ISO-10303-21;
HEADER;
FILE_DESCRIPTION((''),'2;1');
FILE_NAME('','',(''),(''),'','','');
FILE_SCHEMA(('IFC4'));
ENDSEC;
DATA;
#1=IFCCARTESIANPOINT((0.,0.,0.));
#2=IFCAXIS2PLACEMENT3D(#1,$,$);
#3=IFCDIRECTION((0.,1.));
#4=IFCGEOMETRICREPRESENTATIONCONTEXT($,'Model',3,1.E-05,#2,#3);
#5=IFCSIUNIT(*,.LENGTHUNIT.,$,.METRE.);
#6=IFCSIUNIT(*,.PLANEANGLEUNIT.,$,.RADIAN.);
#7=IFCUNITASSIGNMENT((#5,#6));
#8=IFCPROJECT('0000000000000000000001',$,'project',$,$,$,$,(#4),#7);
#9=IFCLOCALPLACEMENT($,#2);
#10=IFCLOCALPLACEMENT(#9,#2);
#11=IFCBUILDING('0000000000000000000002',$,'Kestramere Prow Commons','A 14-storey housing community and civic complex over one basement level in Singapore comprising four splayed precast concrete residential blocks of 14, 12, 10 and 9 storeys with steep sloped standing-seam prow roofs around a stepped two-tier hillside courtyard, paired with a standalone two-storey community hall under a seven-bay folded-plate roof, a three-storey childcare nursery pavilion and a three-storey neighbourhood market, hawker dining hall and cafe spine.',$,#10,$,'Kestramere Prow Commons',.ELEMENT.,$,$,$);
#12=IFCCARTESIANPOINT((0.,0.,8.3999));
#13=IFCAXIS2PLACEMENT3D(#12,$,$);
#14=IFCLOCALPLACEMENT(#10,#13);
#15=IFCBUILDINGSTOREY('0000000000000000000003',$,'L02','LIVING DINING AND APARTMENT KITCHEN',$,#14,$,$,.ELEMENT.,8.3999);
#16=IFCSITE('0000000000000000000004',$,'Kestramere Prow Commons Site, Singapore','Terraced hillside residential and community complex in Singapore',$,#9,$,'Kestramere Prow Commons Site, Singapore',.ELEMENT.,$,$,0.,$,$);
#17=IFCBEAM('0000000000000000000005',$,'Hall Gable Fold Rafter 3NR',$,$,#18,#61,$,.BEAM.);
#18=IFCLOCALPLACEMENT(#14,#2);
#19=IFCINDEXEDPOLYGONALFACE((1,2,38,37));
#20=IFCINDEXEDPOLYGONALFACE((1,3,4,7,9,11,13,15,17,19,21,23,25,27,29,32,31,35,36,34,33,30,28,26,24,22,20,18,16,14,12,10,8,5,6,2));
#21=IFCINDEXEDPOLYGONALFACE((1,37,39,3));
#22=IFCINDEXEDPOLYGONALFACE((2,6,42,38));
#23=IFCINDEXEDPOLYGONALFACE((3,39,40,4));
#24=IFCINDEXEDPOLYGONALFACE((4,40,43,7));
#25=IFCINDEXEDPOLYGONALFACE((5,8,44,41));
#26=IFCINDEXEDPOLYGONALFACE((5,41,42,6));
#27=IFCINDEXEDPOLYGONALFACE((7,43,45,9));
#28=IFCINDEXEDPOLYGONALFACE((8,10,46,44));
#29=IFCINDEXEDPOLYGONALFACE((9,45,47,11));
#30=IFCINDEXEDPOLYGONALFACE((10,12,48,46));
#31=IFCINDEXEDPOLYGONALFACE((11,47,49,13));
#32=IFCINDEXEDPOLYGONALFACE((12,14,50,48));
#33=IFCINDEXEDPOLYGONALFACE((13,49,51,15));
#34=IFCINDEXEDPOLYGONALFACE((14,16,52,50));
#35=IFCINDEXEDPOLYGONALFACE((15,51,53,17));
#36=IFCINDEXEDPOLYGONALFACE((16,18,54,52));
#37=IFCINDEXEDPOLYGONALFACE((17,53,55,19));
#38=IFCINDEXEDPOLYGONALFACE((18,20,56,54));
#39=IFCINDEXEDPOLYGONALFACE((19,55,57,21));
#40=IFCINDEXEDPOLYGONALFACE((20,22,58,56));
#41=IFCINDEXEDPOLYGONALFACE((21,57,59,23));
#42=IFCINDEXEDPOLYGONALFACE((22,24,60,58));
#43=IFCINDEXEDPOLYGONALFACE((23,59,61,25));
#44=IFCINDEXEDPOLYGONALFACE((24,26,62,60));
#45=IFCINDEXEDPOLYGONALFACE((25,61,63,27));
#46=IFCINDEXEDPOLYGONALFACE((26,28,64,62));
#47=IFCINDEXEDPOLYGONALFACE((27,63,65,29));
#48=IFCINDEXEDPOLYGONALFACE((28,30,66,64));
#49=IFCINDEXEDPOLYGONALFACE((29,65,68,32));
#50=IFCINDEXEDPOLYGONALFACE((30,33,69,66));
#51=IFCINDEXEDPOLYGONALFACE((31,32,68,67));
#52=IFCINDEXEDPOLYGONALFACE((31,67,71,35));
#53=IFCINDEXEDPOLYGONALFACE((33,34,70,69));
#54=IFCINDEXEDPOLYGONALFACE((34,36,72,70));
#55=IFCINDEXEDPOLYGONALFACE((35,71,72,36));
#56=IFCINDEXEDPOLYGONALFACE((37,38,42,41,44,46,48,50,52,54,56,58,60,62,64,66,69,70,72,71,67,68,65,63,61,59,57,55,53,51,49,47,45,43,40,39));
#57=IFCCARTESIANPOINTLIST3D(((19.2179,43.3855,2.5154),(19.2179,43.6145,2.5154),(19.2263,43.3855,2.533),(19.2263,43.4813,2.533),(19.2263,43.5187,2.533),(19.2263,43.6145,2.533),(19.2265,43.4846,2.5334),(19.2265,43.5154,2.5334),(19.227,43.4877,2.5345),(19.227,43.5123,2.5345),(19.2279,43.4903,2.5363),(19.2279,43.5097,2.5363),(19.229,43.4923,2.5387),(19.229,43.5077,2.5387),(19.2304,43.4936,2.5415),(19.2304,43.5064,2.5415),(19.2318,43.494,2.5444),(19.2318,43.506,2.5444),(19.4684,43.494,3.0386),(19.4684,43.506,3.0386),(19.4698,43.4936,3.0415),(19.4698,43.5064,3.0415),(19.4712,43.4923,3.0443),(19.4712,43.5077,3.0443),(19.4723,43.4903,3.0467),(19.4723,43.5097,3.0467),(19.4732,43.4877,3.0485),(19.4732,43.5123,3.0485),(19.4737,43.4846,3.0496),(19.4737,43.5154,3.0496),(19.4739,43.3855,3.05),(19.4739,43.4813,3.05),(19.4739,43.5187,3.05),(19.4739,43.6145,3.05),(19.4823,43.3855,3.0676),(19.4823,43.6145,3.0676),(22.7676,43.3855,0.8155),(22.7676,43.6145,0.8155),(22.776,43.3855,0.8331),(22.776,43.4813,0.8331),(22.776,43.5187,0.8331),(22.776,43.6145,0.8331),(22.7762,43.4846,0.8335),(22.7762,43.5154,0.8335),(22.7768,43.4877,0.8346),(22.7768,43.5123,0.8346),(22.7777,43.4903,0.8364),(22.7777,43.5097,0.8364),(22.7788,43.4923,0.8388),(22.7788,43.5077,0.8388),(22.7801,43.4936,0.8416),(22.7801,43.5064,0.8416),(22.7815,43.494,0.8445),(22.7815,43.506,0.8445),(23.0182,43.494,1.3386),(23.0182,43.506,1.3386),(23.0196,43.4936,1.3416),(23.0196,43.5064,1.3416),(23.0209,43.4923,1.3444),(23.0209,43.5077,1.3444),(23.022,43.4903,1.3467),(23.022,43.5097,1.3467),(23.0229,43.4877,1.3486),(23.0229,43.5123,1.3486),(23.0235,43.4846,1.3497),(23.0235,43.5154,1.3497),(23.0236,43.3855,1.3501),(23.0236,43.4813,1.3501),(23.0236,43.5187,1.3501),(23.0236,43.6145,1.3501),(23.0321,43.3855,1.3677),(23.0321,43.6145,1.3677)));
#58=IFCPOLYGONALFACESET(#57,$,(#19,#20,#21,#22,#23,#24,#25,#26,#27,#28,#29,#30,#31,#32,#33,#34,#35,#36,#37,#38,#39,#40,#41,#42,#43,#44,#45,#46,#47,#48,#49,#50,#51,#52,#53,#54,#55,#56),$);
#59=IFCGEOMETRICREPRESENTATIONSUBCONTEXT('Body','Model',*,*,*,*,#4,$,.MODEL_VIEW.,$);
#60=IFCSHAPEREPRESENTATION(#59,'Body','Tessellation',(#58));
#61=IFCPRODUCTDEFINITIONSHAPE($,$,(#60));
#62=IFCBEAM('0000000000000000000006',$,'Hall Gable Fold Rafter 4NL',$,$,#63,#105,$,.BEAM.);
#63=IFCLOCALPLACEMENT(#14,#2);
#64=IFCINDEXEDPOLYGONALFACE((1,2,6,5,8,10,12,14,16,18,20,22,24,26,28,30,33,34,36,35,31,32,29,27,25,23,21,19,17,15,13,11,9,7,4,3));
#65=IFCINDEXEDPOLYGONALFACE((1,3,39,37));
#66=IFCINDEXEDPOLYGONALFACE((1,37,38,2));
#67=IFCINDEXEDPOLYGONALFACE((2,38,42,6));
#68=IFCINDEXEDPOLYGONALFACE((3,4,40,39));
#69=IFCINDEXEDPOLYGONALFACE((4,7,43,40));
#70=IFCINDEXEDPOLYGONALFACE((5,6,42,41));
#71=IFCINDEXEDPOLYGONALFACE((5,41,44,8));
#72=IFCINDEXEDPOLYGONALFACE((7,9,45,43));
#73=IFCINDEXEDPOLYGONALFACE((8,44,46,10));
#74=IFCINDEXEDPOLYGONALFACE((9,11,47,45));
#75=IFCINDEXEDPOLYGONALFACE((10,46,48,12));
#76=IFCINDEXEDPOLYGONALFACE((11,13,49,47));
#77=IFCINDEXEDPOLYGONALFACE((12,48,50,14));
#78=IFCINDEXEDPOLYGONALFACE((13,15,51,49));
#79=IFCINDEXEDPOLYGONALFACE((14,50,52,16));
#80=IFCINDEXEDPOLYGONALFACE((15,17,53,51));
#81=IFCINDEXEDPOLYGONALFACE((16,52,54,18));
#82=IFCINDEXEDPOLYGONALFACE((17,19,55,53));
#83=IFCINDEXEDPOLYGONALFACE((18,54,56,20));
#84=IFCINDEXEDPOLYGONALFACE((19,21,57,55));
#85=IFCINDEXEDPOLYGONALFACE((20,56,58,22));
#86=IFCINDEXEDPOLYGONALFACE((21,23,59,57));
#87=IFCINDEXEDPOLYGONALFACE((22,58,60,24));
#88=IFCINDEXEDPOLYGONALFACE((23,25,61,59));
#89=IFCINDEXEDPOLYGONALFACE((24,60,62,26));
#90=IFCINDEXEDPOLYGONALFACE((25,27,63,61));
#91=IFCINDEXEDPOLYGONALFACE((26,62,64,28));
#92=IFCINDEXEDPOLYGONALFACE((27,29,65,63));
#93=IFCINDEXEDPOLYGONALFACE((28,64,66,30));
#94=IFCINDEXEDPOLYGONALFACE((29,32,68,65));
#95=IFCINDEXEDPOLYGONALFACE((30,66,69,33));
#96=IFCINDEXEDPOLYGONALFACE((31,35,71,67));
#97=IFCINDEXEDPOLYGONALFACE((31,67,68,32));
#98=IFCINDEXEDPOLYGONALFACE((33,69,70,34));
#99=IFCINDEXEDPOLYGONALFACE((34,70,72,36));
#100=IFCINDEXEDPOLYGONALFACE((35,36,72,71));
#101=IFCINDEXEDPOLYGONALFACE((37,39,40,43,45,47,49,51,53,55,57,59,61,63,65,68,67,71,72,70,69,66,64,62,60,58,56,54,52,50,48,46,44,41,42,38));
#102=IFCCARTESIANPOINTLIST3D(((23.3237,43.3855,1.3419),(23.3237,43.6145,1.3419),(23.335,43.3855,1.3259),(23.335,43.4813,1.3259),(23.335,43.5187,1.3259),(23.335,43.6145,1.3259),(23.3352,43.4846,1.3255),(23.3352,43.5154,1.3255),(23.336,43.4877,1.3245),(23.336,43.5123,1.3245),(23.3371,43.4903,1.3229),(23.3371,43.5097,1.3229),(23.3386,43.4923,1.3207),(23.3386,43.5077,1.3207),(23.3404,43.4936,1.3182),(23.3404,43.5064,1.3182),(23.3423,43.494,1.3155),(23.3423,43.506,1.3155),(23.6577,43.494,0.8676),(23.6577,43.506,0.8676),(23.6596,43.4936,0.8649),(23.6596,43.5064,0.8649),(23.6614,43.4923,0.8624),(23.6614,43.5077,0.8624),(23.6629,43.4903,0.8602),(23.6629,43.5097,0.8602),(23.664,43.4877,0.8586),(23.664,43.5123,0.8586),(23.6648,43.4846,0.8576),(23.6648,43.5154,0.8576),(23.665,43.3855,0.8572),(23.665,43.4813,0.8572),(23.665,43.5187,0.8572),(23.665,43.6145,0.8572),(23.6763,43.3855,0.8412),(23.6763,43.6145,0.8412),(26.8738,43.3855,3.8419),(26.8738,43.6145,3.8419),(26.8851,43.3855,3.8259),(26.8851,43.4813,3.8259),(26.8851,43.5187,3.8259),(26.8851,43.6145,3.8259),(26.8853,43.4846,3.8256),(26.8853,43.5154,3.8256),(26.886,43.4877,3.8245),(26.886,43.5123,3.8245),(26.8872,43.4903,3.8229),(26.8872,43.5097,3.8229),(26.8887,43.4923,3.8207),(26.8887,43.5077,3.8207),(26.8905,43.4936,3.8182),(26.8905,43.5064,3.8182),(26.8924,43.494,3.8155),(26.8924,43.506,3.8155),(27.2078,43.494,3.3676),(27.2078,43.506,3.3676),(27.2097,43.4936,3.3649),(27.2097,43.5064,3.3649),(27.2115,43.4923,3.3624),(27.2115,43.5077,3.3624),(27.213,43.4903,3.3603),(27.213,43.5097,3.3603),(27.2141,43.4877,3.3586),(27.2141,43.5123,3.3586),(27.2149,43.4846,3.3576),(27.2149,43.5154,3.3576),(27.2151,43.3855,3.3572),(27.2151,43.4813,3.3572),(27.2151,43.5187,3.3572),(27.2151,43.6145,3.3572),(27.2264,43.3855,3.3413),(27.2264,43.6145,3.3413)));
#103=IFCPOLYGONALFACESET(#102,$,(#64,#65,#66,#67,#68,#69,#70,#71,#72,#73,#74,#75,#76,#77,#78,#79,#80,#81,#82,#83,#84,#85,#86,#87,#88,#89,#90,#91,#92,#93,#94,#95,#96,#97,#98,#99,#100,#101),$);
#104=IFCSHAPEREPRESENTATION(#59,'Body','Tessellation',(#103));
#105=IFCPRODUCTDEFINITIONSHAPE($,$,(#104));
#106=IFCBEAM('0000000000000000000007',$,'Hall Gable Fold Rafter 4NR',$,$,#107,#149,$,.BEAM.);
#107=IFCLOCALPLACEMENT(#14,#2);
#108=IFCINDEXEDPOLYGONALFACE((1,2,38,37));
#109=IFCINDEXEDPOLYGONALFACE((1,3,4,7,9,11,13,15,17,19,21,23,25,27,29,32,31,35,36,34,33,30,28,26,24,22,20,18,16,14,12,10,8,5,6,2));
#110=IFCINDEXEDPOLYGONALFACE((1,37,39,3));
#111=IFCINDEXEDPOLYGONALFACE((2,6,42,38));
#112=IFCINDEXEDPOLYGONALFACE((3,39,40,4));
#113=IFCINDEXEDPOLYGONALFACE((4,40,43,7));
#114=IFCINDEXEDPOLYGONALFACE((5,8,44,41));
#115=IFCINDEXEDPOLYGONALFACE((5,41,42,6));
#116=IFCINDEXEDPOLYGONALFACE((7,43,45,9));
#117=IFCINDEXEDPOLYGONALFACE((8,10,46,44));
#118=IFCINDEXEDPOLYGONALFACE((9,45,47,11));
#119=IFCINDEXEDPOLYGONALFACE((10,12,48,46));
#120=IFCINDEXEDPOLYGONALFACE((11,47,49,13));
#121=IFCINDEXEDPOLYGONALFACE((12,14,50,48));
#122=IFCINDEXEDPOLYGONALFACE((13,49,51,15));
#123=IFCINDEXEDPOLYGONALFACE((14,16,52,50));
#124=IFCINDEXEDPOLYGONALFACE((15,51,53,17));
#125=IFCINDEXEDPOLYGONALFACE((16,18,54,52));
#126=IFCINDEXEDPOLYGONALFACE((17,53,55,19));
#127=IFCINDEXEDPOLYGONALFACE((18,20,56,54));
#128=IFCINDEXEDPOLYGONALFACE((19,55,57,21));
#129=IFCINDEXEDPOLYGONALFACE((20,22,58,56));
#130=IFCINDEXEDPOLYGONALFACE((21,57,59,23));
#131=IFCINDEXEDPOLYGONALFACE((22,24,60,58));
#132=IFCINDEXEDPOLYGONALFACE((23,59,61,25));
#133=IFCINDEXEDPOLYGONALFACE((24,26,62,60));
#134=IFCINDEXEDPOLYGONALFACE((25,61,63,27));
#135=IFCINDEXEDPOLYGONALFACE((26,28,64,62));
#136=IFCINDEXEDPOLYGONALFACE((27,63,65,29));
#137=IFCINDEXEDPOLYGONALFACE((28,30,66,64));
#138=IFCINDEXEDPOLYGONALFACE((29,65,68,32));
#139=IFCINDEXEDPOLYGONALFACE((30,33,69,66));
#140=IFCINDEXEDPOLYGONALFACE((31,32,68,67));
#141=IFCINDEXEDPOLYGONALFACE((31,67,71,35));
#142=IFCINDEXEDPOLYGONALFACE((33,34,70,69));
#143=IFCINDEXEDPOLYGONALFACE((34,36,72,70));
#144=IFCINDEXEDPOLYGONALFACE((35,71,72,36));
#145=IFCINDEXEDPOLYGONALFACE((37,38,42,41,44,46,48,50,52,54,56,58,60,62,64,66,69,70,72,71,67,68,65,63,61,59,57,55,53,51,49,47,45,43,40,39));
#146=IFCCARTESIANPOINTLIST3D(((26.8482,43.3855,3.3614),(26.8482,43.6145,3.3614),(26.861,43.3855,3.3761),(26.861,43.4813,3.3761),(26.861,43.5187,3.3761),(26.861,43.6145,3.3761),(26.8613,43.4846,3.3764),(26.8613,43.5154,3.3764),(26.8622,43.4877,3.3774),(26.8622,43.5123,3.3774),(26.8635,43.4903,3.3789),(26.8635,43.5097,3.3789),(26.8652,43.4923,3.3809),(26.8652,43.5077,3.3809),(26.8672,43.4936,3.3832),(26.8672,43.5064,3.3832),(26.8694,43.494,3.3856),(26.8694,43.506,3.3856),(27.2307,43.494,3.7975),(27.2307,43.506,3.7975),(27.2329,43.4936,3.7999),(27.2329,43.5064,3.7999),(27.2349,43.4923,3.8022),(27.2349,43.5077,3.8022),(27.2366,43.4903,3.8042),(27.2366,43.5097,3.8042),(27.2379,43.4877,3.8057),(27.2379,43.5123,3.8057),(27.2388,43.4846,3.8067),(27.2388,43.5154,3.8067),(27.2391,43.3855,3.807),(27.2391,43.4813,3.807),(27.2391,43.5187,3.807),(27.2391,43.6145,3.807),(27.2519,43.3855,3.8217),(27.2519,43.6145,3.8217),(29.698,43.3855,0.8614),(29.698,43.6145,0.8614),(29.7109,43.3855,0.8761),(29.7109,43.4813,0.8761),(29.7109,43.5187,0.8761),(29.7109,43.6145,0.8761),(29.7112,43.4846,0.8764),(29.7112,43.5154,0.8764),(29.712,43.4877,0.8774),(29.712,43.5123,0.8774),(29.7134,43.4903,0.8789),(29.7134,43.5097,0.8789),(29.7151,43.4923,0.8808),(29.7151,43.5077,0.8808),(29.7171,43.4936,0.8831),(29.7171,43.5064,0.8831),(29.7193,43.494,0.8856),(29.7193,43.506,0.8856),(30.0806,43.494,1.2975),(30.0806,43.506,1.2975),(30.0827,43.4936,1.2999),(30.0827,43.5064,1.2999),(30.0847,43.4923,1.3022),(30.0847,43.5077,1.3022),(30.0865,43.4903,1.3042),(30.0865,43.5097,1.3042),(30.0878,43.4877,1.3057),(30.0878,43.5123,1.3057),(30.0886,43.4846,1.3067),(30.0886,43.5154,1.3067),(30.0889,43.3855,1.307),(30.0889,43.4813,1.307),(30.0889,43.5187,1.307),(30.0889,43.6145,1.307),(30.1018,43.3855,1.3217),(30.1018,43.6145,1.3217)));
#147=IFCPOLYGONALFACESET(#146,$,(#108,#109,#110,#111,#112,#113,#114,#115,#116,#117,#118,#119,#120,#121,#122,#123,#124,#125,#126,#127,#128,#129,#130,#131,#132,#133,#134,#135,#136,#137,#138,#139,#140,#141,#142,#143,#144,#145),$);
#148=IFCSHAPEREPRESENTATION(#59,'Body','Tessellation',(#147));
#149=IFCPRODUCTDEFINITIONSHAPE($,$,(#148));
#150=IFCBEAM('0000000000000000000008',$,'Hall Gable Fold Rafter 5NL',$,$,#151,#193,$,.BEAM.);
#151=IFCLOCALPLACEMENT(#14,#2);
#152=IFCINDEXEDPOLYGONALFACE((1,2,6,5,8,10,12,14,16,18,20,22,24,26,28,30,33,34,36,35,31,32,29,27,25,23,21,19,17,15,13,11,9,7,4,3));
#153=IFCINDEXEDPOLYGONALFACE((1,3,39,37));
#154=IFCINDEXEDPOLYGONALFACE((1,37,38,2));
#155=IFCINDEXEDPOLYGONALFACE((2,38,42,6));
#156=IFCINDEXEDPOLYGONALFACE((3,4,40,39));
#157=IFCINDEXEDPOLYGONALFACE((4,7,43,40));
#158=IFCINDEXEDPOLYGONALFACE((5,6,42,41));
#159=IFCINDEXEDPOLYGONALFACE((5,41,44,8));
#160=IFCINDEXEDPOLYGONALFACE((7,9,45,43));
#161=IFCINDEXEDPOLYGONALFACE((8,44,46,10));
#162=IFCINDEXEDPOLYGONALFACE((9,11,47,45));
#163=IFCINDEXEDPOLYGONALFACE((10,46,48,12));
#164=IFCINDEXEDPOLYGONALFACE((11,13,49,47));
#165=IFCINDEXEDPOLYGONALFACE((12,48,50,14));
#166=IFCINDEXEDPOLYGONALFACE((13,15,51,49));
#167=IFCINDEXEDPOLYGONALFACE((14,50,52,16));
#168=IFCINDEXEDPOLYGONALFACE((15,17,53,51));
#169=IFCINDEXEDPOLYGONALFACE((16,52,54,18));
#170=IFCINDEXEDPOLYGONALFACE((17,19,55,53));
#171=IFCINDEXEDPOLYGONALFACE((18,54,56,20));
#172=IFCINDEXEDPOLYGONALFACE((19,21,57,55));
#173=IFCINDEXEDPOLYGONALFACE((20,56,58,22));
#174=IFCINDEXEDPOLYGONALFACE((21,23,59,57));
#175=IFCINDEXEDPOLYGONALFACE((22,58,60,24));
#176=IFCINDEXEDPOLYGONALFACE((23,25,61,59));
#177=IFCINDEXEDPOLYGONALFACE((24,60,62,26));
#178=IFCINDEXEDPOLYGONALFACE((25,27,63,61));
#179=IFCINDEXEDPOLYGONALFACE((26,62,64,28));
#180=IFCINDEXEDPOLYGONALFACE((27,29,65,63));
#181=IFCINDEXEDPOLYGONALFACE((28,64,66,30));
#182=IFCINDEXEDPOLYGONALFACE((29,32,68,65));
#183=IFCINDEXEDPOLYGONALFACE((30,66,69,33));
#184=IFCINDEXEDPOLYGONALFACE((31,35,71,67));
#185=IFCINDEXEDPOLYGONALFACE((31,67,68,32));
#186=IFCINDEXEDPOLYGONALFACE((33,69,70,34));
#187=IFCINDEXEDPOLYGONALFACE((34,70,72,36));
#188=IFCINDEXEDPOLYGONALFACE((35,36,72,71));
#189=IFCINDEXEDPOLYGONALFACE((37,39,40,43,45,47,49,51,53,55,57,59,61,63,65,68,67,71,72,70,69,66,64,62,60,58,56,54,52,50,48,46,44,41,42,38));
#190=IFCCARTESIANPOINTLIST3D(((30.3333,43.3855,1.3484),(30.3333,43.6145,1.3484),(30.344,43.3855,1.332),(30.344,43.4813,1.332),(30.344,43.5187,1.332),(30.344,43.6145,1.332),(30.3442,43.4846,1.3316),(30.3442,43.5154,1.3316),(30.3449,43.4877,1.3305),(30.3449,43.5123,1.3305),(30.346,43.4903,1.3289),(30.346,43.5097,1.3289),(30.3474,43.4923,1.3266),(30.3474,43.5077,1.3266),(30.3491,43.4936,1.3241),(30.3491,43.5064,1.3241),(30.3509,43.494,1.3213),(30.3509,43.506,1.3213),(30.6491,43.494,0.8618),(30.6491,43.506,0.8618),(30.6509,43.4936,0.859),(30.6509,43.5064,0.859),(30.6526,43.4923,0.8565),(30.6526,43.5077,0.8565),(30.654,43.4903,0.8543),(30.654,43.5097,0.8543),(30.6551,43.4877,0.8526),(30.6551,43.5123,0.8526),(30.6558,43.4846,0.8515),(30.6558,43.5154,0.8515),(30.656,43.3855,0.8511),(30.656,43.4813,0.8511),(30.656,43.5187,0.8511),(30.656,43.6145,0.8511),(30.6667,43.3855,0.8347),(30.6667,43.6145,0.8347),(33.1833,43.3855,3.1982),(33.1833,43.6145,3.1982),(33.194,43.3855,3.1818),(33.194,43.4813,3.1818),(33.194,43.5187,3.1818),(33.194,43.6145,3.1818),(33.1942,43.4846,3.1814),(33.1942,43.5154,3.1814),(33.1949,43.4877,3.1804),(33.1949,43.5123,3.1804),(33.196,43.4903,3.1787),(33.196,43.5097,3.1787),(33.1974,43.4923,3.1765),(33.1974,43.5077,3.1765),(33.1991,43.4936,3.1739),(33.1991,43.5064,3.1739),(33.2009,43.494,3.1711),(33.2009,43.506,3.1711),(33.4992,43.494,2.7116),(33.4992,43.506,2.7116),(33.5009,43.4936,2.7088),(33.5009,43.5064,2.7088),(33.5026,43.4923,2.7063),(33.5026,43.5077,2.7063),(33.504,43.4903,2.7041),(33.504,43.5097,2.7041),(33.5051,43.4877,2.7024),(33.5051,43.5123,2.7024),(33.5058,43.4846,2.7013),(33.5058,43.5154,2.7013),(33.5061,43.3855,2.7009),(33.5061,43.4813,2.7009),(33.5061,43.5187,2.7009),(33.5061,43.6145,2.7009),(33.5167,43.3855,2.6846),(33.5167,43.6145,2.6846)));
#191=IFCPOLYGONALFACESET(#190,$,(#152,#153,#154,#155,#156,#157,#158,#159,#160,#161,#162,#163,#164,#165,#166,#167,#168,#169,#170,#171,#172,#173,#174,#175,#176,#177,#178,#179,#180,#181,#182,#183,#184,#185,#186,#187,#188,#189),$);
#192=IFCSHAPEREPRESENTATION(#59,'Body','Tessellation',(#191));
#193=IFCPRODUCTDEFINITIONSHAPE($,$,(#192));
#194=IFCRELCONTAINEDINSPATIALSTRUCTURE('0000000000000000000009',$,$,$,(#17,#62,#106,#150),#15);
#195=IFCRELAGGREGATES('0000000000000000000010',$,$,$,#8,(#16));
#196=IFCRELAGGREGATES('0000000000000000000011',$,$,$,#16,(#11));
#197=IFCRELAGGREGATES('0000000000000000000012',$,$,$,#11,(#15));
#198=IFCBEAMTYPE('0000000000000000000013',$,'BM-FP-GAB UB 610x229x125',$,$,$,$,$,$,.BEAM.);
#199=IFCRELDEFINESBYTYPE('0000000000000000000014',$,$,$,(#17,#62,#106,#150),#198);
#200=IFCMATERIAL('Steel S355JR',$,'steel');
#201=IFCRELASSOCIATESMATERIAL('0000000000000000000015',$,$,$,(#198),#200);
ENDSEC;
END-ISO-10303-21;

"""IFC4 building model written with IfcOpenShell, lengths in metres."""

from ifc_helpers import new_model, si_unit, direction, frame, origin, origin_2d, place, context, subcontext, project, spatial, i_section, extrude, material, material_profile, profile_set, type_object, element, save


model = new_model("IFC4")

# Units and contexts
model_context = context("Model", 3, precision=1e-05, world=origin(), true_north=direction((0.0, 1.0)))
body_context = subcontext(model_context, "Body", "Model", "MODEL_VIEW")
ifc_project = project(units=[si_unit("LENGTHUNIT", "METRE"), si_unit("PLANEANGLEUNIT", "RADIAN")], contexts=[model_context])

# Site, building, storey
site_placement = place(None, origin())
site = spatial("IfcSite", under=ifc_project, at=site_placement, Name="Kestramere Prow Commons Site, Singapore", Description="Terraced hillside residential and community complex in Singapore", LongName="Kestramere Prow Commons Site, Singapore", CompositionType="ELEMENT", RefElevation=0.0)
building_placement = place(site_placement, origin())
building = spatial("IfcBuilding", under=site, at=building_placement, Name="Kestramere Prow Commons", Description="A 14-storey housing community and civic complex over one basement level in Singapore comprising four splayed precast concrete residential blocks of 14, 12, 10 and 9 storeys with steep sloped standing-seam prow roofs around a stepped two-tier hillside courtyard, paired with a standalone two-storey community hall under a seven-bay folded-plate roof, a three-storey childcare nursery pavilion and a three-storey neighbourhood market, hawker dining hall and cafe spine.", LongName="Kestramere Prow Commons", CompositionType="ELEMENT")
storey_placement = place(building_placement, frame((0.0, 0.0, 8.3999)))
storey = spatial("IfcBuildingStorey", under=building, at=storey_placement, Name="L02", Description="LIVING DINING AND APARTMENT KITCHEN", CompositionType="ELEMENT", Elevation=8.3999)

# Beams
ifc_material_1 = material(Name="Steel S355JR", Category="steel")
ifc_material_profile_1 = material_profile(ifc_material_1, i_section(OverallWidth=0.229, OverallDepth=0.6123, WebThickness=0.012, FlangeThickness=0.0195, FilletRadius=0.0127, at=origin_2d()), Name="UB 610x229x125")
ifc_profile_set_1 = profile_set([ifc_material_profile_1], Name="Steel S355JR")
beam_type = type_object("IfcBeamType", Name="BM-FP-GAB UB 610x229x125", PredefinedType="BEAM", material=ifc_profile_set_1)
beam_1_placement = place(storey_placement, frame((19.3501, 43.5, 2.7915), z_axis=(0.901915, 0.0, -0.431914), x_axis=(0.0, 1.0, 0.0)))
element("IfcBeam", 1, at=beam_1_placement, inside=storey, type_object=beam_type, Name="Hall Gable Fold Rafter 3NR", PredefinedType="BEAM", context=body_context, shape_type="SweptSolid", body=[
    extrude(i_section(OverallWidth=0.229, OverallDepth=0.6123, WebThickness=0.012, FlangeThickness=0.0195, FilletRadius=0.0127, at=origin_2d()), origin(), (0.0, 0.0, 1.0), 3.9358),
])
beam_2_placement = place(storey_placement, frame((23.5, 43.5, 1.0916), z_axis=(0.817609, 0.0, 0.575773), x_axis=(0.0, 1.0, 0.0)))
element("IfcBeam", 2, at=beam_2_placement, inside=storey, type_object=beam_type, Name="Hall Gable Fold Rafter 4NL", PredefinedType="BEAM", context=body_context, shape_type="SweptSolid", body=[
    extrude(i_section(OverallWidth=0.229, OverallDepth=0.6123, WebThickness=0.012, FlangeThickness=0.0195, FilletRadius=0.0127, at=origin_2d()), origin(), (0.0, 0.0, 1.0), 4.342),
])
beam_3_placement = place(storey_placement, frame((27.05, 43.5, 3.5916), z_axis=(0.751742, 0.0, -0.659457), x_axis=(0.0, 1.0, 0.0)))
element("IfcBeam", 3, at=beam_3_placement, inside=storey, type_object=beam_type, Name="Hall Gable Fold Rafter 4NR", PredefinedType="BEAM", context=body_context, shape_type="SweptSolid", body=[
    extrude(i_section(OverallWidth=0.229, OverallDepth=0.6123, WebThickness=0.012, FlangeThickness=0.0195, FilletRadius=0.0127, at=origin_2d()), origin(), (0.0, 0.0, 1.0), 3.791),
])
beam_4_placement = place(storey_placement, frame((30.5, 43.5, 1.0916), z_axis=(0.838808, 0.0, 0.544428), x_axis=(0.0, 1.0, 0.0)))
element("IfcBeam", 4, at=beam_4_placement, inside=storey, type_object=beam_type, Name="Hall Gable Fold Rafter 5NL", PredefinedType="BEAM", context=body_context, shape_type="SweptSolid", body=[
    extrude(i_section(OverallWidth=0.229, OverallDepth=0.6123, WebThickness=0.012, FlangeThickness=0.0195, FilletRadius=0.0127, at=origin_2d()), origin(), (0.0, 0.0, 1.0), 3.3977),
])

save(model, "model.ifc")
